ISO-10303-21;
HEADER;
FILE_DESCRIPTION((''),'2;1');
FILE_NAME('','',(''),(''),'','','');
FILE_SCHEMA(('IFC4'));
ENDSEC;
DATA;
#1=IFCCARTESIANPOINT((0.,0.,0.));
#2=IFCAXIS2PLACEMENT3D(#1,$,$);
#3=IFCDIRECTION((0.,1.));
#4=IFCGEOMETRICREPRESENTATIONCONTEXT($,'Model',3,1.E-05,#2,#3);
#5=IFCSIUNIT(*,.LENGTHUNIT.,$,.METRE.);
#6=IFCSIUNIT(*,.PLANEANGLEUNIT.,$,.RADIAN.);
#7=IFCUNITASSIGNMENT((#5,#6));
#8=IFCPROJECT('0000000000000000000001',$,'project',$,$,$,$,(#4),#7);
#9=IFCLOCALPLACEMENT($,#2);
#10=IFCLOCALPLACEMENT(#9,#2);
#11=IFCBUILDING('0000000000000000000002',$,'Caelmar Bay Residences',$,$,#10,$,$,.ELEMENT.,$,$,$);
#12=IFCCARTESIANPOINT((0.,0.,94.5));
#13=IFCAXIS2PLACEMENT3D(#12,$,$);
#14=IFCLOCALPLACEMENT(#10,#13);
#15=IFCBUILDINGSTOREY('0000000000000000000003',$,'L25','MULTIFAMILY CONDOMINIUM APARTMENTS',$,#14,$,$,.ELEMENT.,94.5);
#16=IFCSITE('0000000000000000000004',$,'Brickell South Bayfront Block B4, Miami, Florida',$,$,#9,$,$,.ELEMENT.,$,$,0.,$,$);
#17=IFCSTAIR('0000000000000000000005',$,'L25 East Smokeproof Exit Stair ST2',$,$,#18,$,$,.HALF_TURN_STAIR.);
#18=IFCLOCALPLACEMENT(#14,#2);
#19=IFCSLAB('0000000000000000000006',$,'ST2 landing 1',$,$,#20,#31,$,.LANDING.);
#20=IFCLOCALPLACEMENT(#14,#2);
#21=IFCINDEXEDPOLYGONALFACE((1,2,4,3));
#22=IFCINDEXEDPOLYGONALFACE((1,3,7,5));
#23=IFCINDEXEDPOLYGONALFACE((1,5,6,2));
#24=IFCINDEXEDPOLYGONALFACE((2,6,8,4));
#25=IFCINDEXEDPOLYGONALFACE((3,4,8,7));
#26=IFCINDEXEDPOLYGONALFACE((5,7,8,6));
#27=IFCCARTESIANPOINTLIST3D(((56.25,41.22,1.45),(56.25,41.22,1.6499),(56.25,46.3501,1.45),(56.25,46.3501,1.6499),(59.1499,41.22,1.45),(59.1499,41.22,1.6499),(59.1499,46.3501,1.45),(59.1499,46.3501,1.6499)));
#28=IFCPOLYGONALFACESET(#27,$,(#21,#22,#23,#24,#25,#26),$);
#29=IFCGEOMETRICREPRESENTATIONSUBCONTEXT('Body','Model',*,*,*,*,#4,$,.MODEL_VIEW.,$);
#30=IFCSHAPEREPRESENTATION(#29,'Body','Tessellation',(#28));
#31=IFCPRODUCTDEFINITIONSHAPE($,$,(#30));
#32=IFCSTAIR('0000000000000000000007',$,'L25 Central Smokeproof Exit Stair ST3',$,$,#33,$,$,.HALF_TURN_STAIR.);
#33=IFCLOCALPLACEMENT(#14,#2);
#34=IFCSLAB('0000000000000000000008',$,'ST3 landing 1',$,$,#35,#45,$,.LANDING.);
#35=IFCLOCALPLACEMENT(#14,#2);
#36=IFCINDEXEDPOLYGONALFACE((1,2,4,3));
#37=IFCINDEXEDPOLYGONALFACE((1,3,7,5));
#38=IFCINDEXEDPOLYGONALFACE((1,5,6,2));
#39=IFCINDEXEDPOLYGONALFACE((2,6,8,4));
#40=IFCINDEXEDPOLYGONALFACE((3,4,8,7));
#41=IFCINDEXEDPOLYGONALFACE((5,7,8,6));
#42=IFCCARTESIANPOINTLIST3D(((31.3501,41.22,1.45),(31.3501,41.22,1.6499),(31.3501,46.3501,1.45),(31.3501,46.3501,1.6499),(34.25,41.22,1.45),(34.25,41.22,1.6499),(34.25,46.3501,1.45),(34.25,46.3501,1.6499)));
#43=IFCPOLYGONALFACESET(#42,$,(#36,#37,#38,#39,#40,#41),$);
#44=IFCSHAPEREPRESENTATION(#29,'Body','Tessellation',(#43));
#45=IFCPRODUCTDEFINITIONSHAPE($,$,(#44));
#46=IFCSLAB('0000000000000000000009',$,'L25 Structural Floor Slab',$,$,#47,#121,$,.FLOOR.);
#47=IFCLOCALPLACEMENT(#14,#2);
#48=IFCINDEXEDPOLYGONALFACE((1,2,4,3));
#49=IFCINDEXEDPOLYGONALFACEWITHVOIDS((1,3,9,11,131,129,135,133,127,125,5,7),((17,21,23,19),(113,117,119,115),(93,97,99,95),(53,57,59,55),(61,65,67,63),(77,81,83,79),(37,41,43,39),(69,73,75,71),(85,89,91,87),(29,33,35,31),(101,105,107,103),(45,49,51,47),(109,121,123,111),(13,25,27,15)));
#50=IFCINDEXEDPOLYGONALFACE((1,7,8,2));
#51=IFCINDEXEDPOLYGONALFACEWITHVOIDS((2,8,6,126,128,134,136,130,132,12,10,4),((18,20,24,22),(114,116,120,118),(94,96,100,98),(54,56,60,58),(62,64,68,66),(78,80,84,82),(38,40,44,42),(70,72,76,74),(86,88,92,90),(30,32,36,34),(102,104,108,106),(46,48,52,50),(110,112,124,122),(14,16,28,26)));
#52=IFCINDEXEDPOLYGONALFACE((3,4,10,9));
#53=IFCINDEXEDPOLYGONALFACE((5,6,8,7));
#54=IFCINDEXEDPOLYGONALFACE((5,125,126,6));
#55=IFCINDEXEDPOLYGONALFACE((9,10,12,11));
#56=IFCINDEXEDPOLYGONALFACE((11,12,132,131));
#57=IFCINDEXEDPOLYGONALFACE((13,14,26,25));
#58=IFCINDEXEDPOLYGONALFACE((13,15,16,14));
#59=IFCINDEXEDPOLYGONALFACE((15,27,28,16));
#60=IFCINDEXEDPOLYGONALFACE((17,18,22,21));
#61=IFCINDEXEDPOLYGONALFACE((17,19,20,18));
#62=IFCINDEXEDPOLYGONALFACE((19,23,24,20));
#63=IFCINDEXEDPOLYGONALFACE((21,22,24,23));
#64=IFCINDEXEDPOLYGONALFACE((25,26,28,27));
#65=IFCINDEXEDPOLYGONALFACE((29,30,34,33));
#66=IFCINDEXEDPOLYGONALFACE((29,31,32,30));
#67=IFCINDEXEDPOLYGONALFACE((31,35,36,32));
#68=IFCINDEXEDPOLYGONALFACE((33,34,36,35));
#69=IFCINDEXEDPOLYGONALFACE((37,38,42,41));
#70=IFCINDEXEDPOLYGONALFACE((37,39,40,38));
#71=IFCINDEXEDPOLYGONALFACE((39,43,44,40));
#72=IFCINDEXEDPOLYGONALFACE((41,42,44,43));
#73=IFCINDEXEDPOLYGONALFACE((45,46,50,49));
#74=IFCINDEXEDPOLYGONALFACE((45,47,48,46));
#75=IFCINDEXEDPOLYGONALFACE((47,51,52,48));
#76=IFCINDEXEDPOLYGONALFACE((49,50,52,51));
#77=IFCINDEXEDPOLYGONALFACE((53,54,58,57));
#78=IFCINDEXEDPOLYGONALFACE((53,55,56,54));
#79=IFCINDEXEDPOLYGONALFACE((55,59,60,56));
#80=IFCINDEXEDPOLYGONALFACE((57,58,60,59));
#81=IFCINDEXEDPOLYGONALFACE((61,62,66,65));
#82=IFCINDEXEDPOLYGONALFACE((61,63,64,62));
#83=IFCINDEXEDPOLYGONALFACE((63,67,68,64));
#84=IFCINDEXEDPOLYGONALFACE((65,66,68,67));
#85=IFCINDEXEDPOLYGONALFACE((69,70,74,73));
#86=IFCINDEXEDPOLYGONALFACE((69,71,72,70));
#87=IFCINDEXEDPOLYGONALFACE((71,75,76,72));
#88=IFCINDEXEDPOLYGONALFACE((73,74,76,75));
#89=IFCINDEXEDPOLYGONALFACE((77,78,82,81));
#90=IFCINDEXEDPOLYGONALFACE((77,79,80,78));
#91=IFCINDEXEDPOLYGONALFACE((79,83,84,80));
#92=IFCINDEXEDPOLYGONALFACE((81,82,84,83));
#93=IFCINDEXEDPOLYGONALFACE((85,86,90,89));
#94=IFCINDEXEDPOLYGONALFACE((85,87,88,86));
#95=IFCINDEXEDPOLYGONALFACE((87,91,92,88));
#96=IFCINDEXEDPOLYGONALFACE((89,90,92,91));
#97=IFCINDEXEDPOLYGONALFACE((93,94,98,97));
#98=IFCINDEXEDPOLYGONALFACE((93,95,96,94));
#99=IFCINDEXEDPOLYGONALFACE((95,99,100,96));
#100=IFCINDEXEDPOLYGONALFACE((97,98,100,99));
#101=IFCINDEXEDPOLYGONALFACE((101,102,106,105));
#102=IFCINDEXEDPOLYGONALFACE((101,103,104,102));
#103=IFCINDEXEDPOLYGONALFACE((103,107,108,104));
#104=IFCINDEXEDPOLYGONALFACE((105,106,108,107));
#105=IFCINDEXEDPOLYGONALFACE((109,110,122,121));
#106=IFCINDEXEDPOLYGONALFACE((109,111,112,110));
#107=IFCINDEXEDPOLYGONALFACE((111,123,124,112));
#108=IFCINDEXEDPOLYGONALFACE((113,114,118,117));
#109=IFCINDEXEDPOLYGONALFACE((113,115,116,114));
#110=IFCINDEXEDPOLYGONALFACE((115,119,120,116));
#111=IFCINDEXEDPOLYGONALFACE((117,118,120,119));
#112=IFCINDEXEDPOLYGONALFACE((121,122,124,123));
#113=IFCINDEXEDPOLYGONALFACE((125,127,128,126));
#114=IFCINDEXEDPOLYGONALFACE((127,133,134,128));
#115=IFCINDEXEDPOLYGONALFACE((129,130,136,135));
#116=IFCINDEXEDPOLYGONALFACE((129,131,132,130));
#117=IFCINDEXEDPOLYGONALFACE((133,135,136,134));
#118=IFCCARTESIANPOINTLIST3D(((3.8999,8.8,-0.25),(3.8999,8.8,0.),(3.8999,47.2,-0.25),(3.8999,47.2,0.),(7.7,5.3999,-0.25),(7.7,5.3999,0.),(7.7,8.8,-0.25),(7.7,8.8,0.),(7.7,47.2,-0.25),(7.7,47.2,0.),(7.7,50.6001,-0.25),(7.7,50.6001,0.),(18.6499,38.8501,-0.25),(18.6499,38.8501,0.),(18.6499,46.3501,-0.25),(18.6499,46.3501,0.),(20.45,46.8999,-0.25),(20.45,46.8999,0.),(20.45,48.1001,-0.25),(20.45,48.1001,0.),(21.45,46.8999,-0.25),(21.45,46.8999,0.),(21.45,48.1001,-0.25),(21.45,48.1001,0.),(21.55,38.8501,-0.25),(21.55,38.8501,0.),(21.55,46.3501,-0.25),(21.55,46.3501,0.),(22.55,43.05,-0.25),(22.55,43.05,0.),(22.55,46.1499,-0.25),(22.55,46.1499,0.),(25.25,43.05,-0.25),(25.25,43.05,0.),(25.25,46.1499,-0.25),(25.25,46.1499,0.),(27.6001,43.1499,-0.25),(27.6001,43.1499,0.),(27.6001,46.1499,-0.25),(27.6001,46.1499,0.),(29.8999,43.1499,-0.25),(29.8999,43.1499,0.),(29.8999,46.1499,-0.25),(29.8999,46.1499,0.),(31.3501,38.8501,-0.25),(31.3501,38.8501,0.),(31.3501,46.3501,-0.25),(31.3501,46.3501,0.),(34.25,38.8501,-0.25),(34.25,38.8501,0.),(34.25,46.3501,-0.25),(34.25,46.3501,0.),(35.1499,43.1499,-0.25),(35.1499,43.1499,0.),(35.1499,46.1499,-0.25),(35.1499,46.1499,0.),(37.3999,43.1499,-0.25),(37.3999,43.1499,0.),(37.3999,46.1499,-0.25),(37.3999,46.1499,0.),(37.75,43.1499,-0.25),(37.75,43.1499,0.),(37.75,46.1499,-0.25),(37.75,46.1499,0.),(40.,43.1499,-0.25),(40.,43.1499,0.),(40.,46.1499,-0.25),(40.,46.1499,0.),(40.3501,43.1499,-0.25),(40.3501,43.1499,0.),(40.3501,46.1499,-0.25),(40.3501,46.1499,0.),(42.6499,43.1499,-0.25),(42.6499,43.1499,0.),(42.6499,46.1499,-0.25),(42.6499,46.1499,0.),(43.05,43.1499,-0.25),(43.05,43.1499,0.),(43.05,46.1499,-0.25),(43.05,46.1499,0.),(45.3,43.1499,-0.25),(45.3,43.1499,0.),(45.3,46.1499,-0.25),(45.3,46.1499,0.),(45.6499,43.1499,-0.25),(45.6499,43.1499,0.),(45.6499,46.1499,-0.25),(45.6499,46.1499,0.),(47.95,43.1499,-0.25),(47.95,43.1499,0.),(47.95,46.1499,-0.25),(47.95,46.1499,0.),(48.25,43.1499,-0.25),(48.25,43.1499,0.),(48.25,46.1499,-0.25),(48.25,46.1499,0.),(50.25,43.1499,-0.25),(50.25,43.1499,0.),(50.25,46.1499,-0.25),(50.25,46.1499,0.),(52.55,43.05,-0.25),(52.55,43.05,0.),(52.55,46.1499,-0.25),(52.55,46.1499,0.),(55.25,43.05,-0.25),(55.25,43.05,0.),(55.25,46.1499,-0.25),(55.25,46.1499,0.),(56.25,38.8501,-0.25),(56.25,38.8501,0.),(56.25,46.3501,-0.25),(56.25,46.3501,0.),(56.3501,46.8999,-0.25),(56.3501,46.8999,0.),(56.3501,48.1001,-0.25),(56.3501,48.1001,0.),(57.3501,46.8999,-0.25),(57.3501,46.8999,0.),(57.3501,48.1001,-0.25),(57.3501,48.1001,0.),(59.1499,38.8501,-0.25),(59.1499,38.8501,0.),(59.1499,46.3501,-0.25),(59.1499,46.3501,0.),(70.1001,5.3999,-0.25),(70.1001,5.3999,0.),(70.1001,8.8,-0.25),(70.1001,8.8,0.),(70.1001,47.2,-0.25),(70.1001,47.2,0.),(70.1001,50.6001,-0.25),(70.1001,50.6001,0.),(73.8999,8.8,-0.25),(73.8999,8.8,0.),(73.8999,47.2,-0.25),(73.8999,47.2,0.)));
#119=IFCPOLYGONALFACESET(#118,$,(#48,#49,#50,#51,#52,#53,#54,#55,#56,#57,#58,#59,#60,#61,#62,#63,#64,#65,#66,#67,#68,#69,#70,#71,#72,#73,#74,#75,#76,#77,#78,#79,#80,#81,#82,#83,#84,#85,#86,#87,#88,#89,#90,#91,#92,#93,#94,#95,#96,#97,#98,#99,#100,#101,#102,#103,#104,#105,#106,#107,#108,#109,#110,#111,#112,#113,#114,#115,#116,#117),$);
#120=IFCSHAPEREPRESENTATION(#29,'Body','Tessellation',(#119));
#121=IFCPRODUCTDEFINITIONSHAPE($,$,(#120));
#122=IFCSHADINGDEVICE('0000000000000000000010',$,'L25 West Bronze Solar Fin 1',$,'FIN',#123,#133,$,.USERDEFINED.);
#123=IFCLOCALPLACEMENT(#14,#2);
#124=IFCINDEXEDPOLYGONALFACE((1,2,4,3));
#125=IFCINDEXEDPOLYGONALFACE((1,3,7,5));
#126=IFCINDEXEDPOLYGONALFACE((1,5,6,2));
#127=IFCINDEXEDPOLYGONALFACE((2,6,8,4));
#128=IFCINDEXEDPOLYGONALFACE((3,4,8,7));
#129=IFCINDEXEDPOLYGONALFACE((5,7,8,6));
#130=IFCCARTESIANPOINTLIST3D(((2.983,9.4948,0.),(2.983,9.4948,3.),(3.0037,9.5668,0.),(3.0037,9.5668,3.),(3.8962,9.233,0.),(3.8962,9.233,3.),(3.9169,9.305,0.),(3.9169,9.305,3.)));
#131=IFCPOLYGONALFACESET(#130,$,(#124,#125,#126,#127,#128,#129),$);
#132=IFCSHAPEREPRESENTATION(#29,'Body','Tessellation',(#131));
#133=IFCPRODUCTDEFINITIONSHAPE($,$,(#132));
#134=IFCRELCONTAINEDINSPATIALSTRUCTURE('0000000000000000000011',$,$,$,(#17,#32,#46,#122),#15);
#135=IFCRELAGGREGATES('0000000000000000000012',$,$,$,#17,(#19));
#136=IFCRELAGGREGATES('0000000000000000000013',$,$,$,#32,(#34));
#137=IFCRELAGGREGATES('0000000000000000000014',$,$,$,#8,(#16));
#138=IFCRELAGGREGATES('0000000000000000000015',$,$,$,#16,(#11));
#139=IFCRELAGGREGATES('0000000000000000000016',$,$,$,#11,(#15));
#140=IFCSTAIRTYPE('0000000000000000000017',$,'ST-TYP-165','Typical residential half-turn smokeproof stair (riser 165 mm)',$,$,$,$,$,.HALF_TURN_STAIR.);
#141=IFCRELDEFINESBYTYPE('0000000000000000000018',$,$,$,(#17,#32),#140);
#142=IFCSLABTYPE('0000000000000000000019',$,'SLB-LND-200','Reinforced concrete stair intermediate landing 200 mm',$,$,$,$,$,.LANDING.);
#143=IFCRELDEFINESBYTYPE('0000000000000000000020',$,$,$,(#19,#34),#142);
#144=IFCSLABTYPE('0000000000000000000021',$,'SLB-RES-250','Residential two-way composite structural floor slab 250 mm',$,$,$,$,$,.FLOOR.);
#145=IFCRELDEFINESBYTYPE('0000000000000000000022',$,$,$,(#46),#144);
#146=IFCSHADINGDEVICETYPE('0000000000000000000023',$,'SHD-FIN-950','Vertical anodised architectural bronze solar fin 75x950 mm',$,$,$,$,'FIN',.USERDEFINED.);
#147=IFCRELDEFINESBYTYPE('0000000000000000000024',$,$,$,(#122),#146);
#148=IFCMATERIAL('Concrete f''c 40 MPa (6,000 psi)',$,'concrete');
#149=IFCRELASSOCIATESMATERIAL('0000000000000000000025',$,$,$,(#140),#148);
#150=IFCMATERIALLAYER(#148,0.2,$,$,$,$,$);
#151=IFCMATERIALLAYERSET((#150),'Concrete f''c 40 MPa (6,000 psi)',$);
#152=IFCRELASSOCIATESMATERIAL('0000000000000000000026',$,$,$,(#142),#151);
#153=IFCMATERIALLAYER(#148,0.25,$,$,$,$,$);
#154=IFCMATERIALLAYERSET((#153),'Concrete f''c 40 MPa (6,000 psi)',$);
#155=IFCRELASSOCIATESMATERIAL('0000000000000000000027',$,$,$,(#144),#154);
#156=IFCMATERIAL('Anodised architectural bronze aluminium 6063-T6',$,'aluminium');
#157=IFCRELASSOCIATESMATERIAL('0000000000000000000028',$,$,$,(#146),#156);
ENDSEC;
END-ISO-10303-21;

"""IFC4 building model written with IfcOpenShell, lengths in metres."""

from ifc_helpers import new_model, si_unit, direction, frame, origin, origin_2d, place, context, subcontext, project, spatial, polyline, rectangle, outline, extrude, material, layer, layer_set, material_profile, profile_set, type_object, element, aggregate, save


model = new_model("IFC4")

# Units and contexts
model_context = context("Model", 3, precision=1e-05, world=origin(), true_north=direction((0.0, 1.0)))
body_context = subcontext(model_context, "Body", "Model", "MODEL_VIEW")
ifc_project = project(units=[si_unit("LENGTHUNIT", "METRE"), si_unit("PLANEANGLEUNIT", "RADIAN")], contexts=[model_context])

# Site, building, storey
site_placement = place(None, origin())
site = spatial("IfcSite", under=ifc_project, at=site_placement, Name="Brickell South Bayfront Block B4, Miami, Florida", CompositionType="ELEMENT", RefElevation=0.0)
building_placement = place(site_placement, origin())
building = spatial("IfcBuilding", under=site, at=building_placement, Name="Caelmar Bay Residences", CompositionType="ELEMENT")
storey_placement = place(building_placement, frame((0.0, 0.0, 94.5)))
storey = spatial("IfcBuildingStorey", under=building, at=storey_placement, Name="L25", Description="MULTIFAMILY CONDOMINIUM APARTMENTS", CompositionType="ELEMENT", Elevation=94.5)

# Shared definitions
ifc_material_1 = material(Name="Concrete f'c 40 MPa (6,000 psi)", Category="concrete")

# Stairs, slabs
stair_type = type_object("IfcStairType", Name="ST-TYP-165", Description="Typical residential half-turn smokeproof stair (riser 165 mm)", PredefinedType="HALF_TURN_STAIR", material=ifc_material_1)
ifc_layer_1 = layer(ifc_material_1, 0.2)
ifc_layer_set_1 = layer_set([ifc_layer_1], Name="Concrete f'c 40 MPa (6,000 psi)")
slab_type_1 = type_object("IfcSlabType", Name="SLB-LND-200", Description="Reinforced concrete stair intermediate landing 200 mm", PredefinedType="LANDING", material=ifc_layer_set_1)
stair_1_placement = place(storey_placement, origin())
stair_1 = element("IfcStair", 1, at=stair_1_placement, inside=storey, type_object=stair_type, Name="L25 East Smokeproof Exit Stair ST2", PredefinedType="HALF_TURN_STAIR")
slab_1_placement = place(storey_placement, frame((0.0, 0.0, 1.45)))
slab_1 = element("IfcSlab", 2, at=slab_1_placement, type_object=slab_type_1, Name="ST2 landing 1", PredefinedType="LANDING", context=body_context, shape_type="SweptSolid", body=[
    extrude(outline(polyline([(59.1499, 41.22), (59.1499, 46.3501), (56.25, 46.3501), (56.25, 41.22), (59.1499, 41.22)])), origin(), (0.0, 0.0, 1.0), 0.2),
])
aggregate(stair_1, [slab_1])
stair_2_placement = place(storey_placement, origin())
stair_2 = element("IfcStair", 3, at=stair_2_placement, inside=storey, type_object=stair_type, Name="L25 Central Smokeproof Exit Stair ST3", PredefinedType="HALF_TURN_STAIR")
slab_2_placement = place(storey_placement, frame((0.0, 0.0, 1.45)))
slab_2 = element("IfcSlab", 4, at=slab_2_placement, type_object=slab_type_1, Name="ST3 landing 1", PredefinedType="LANDING", context=body_context, shape_type="SweptSolid", body=[
    extrude(outline(polyline([(34.25, 41.22), (34.25, 46.3501), (31.3501, 46.3501), (31.3501, 41.22), (34.25, 41.22)])), origin(), (0.0, 0.0, 1.0), 0.2),
])
aggregate(stair_2, [slab_2])

# Slab
ifc_layer_2 = layer(ifc_material_1, 0.25)
ifc_layer_set_2 = layer_set([ifc_layer_2], Name="Concrete f'c 40 MPa (6,000 psi)")
slab_type_2 = type_object("IfcSlabType", Name="SLB-RES-250", Description="Residential two-way composite structural floor slab 250 mm", PredefinedType="FLOOR", material=ifc_layer_set_2)
slab_3_placement = place(storey_placement, frame((0.0, 0.0, -0.25)))
element("IfcSlab", 5, at=slab_3_placement, inside=storey, type_object=slab_type_2, Name="L25 Structural Floor Slab", PredefinedType="FLOOR", context=body_context, shape_type="SweptSolid", body=[
    extrude(outline(polyline([(7.7, 5.3999), (70.1001, 5.3999), (70.1001, 8.8), (73.8999, 8.8), (73.8999, 47.2), (70.1001, 47.2), (70.1001, 50.6001), (7.7, 50.6001), (7.7, 47.2), (3.8999, 47.2), (3.8999, 8.8), (7.7, 8.8), (7.7, 5.3999)]), holes=[polyline([(18.6499, 38.8501), (21.55, 38.8501), (21.55, 46.3501), (18.6499, 46.3501), (18.6499, 38.8501)]), polyline([(56.25, 38.8501), (59.1499, 38.8501), (59.1499, 46.3501), (56.25, 46.3501), (56.25, 38.8501)]), polyline([(31.3501, 38.8501), (34.25, 38.8501), (34.25, 46.3501), (31.3501, 46.3501), (31.3501, 38.8501)]), polyline([(22.55, 43.05), (25.25, 43.05), (25.25, 46.1499), (22.55, 46.1499), (22.55, 43.05)]), polyline([(52.55, 43.05), (55.25, 43.05), (55.25, 46.1499), (52.55, 46.1499), (52.55, 43.05)]), polyline([(35.1499, 43.1499), (37.3999, 43.1499), (37.3999, 46.1499), (35.1499, 46.1499), (35.1499, 43.1499)]), polyline([(37.75, 43.1499), (40.0, 43.1499), (40.0, 46.1499), (37.75, 46.1499), (37.75, 43.1499)]), polyline([(40.3501, 43.1499), (42.6499, 43.1499), (42.6499, 46.1499), (40.3501, 46.1499), (40.3501, 43.1499)]), polyline([(43.05, 43.1499), (45.3, 43.1499), (45.3, 46.1499), (43.05, 46.1499), (43.05, 43.1499)]), polyline([(45.6499, 43.1499), (47.95, 43.1499), (47.95, 46.1499), (45.6499, 46.1499), (45.6499, 43.1499)]), polyline([(48.25, 43.1499), (50.25, 43.1499), (50.25, 46.1499), (48.25, 46.1499), (48.25, 43.1499)]), polyline([(27.6001, 43.1499), (29.8999, 43.1499), (29.8999, 46.1499), (27.6001, 46.1499), (27.6001, 43.1499)]), polyline([(20.45, 46.8999), (21.45, 46.8999), (21.45, 48.1001), (20.45, 48.1001), (20.45, 46.8999)]), polyline([(56.3501, 46.8999), (57.3501, 46.8999), (57.3501, 48.1001), (56.3501, 48.1001), (56.3501, 46.8999)])]), origin(), (0.0, 0.0, 1.0), 0.25),
])

# Shading device
ifc_material_2 = material(Name="Anodised architectural bronze aluminium 6063-T6", Category="aluminium")
ifc_material_profile_1 = material_profile(ifc_material_2, rectangle(XDim=0.075, YDim=0.95, at=origin_2d()), Name="BRONZE-FIN-75X950")
ifc_profile_set_1 = profile_set([ifc_material_profile_1], Name="Anodised architectural bronze aluminium 6063-T6")
shading_device_type = type_object("IfcShadingDeviceType", Name="SHD-FIN-950", Description="Vertical anodised architectural bronze solar fin 75x950 mm", ElementType="FIN", PredefinedType="USERDEFINED", material=ifc_profile_set_1)
shading_device_placement = place(storey_placement, frame((3.45, 9.3999, 0.0), z_axis=(0.0, 0.0, 1.0), x_axis=(0.275637, 0.961262, 0.0)))
element("IfcShadingDevice", 6, at=shading_device_placement, inside=storey, type_object=shading_device_type, Name="L25 West Bronze Solar Fin 1", ObjectType="FIN", PredefinedType="USERDEFINED", context=body_context, shape_type="SweptSolid", body=[
    extrude(rectangle(XDim=0.075, YDim=0.95, at=origin_2d()), origin(), (0.0, 0.0, 1.0), 3.0),
])

save(model, "model.ifc")
